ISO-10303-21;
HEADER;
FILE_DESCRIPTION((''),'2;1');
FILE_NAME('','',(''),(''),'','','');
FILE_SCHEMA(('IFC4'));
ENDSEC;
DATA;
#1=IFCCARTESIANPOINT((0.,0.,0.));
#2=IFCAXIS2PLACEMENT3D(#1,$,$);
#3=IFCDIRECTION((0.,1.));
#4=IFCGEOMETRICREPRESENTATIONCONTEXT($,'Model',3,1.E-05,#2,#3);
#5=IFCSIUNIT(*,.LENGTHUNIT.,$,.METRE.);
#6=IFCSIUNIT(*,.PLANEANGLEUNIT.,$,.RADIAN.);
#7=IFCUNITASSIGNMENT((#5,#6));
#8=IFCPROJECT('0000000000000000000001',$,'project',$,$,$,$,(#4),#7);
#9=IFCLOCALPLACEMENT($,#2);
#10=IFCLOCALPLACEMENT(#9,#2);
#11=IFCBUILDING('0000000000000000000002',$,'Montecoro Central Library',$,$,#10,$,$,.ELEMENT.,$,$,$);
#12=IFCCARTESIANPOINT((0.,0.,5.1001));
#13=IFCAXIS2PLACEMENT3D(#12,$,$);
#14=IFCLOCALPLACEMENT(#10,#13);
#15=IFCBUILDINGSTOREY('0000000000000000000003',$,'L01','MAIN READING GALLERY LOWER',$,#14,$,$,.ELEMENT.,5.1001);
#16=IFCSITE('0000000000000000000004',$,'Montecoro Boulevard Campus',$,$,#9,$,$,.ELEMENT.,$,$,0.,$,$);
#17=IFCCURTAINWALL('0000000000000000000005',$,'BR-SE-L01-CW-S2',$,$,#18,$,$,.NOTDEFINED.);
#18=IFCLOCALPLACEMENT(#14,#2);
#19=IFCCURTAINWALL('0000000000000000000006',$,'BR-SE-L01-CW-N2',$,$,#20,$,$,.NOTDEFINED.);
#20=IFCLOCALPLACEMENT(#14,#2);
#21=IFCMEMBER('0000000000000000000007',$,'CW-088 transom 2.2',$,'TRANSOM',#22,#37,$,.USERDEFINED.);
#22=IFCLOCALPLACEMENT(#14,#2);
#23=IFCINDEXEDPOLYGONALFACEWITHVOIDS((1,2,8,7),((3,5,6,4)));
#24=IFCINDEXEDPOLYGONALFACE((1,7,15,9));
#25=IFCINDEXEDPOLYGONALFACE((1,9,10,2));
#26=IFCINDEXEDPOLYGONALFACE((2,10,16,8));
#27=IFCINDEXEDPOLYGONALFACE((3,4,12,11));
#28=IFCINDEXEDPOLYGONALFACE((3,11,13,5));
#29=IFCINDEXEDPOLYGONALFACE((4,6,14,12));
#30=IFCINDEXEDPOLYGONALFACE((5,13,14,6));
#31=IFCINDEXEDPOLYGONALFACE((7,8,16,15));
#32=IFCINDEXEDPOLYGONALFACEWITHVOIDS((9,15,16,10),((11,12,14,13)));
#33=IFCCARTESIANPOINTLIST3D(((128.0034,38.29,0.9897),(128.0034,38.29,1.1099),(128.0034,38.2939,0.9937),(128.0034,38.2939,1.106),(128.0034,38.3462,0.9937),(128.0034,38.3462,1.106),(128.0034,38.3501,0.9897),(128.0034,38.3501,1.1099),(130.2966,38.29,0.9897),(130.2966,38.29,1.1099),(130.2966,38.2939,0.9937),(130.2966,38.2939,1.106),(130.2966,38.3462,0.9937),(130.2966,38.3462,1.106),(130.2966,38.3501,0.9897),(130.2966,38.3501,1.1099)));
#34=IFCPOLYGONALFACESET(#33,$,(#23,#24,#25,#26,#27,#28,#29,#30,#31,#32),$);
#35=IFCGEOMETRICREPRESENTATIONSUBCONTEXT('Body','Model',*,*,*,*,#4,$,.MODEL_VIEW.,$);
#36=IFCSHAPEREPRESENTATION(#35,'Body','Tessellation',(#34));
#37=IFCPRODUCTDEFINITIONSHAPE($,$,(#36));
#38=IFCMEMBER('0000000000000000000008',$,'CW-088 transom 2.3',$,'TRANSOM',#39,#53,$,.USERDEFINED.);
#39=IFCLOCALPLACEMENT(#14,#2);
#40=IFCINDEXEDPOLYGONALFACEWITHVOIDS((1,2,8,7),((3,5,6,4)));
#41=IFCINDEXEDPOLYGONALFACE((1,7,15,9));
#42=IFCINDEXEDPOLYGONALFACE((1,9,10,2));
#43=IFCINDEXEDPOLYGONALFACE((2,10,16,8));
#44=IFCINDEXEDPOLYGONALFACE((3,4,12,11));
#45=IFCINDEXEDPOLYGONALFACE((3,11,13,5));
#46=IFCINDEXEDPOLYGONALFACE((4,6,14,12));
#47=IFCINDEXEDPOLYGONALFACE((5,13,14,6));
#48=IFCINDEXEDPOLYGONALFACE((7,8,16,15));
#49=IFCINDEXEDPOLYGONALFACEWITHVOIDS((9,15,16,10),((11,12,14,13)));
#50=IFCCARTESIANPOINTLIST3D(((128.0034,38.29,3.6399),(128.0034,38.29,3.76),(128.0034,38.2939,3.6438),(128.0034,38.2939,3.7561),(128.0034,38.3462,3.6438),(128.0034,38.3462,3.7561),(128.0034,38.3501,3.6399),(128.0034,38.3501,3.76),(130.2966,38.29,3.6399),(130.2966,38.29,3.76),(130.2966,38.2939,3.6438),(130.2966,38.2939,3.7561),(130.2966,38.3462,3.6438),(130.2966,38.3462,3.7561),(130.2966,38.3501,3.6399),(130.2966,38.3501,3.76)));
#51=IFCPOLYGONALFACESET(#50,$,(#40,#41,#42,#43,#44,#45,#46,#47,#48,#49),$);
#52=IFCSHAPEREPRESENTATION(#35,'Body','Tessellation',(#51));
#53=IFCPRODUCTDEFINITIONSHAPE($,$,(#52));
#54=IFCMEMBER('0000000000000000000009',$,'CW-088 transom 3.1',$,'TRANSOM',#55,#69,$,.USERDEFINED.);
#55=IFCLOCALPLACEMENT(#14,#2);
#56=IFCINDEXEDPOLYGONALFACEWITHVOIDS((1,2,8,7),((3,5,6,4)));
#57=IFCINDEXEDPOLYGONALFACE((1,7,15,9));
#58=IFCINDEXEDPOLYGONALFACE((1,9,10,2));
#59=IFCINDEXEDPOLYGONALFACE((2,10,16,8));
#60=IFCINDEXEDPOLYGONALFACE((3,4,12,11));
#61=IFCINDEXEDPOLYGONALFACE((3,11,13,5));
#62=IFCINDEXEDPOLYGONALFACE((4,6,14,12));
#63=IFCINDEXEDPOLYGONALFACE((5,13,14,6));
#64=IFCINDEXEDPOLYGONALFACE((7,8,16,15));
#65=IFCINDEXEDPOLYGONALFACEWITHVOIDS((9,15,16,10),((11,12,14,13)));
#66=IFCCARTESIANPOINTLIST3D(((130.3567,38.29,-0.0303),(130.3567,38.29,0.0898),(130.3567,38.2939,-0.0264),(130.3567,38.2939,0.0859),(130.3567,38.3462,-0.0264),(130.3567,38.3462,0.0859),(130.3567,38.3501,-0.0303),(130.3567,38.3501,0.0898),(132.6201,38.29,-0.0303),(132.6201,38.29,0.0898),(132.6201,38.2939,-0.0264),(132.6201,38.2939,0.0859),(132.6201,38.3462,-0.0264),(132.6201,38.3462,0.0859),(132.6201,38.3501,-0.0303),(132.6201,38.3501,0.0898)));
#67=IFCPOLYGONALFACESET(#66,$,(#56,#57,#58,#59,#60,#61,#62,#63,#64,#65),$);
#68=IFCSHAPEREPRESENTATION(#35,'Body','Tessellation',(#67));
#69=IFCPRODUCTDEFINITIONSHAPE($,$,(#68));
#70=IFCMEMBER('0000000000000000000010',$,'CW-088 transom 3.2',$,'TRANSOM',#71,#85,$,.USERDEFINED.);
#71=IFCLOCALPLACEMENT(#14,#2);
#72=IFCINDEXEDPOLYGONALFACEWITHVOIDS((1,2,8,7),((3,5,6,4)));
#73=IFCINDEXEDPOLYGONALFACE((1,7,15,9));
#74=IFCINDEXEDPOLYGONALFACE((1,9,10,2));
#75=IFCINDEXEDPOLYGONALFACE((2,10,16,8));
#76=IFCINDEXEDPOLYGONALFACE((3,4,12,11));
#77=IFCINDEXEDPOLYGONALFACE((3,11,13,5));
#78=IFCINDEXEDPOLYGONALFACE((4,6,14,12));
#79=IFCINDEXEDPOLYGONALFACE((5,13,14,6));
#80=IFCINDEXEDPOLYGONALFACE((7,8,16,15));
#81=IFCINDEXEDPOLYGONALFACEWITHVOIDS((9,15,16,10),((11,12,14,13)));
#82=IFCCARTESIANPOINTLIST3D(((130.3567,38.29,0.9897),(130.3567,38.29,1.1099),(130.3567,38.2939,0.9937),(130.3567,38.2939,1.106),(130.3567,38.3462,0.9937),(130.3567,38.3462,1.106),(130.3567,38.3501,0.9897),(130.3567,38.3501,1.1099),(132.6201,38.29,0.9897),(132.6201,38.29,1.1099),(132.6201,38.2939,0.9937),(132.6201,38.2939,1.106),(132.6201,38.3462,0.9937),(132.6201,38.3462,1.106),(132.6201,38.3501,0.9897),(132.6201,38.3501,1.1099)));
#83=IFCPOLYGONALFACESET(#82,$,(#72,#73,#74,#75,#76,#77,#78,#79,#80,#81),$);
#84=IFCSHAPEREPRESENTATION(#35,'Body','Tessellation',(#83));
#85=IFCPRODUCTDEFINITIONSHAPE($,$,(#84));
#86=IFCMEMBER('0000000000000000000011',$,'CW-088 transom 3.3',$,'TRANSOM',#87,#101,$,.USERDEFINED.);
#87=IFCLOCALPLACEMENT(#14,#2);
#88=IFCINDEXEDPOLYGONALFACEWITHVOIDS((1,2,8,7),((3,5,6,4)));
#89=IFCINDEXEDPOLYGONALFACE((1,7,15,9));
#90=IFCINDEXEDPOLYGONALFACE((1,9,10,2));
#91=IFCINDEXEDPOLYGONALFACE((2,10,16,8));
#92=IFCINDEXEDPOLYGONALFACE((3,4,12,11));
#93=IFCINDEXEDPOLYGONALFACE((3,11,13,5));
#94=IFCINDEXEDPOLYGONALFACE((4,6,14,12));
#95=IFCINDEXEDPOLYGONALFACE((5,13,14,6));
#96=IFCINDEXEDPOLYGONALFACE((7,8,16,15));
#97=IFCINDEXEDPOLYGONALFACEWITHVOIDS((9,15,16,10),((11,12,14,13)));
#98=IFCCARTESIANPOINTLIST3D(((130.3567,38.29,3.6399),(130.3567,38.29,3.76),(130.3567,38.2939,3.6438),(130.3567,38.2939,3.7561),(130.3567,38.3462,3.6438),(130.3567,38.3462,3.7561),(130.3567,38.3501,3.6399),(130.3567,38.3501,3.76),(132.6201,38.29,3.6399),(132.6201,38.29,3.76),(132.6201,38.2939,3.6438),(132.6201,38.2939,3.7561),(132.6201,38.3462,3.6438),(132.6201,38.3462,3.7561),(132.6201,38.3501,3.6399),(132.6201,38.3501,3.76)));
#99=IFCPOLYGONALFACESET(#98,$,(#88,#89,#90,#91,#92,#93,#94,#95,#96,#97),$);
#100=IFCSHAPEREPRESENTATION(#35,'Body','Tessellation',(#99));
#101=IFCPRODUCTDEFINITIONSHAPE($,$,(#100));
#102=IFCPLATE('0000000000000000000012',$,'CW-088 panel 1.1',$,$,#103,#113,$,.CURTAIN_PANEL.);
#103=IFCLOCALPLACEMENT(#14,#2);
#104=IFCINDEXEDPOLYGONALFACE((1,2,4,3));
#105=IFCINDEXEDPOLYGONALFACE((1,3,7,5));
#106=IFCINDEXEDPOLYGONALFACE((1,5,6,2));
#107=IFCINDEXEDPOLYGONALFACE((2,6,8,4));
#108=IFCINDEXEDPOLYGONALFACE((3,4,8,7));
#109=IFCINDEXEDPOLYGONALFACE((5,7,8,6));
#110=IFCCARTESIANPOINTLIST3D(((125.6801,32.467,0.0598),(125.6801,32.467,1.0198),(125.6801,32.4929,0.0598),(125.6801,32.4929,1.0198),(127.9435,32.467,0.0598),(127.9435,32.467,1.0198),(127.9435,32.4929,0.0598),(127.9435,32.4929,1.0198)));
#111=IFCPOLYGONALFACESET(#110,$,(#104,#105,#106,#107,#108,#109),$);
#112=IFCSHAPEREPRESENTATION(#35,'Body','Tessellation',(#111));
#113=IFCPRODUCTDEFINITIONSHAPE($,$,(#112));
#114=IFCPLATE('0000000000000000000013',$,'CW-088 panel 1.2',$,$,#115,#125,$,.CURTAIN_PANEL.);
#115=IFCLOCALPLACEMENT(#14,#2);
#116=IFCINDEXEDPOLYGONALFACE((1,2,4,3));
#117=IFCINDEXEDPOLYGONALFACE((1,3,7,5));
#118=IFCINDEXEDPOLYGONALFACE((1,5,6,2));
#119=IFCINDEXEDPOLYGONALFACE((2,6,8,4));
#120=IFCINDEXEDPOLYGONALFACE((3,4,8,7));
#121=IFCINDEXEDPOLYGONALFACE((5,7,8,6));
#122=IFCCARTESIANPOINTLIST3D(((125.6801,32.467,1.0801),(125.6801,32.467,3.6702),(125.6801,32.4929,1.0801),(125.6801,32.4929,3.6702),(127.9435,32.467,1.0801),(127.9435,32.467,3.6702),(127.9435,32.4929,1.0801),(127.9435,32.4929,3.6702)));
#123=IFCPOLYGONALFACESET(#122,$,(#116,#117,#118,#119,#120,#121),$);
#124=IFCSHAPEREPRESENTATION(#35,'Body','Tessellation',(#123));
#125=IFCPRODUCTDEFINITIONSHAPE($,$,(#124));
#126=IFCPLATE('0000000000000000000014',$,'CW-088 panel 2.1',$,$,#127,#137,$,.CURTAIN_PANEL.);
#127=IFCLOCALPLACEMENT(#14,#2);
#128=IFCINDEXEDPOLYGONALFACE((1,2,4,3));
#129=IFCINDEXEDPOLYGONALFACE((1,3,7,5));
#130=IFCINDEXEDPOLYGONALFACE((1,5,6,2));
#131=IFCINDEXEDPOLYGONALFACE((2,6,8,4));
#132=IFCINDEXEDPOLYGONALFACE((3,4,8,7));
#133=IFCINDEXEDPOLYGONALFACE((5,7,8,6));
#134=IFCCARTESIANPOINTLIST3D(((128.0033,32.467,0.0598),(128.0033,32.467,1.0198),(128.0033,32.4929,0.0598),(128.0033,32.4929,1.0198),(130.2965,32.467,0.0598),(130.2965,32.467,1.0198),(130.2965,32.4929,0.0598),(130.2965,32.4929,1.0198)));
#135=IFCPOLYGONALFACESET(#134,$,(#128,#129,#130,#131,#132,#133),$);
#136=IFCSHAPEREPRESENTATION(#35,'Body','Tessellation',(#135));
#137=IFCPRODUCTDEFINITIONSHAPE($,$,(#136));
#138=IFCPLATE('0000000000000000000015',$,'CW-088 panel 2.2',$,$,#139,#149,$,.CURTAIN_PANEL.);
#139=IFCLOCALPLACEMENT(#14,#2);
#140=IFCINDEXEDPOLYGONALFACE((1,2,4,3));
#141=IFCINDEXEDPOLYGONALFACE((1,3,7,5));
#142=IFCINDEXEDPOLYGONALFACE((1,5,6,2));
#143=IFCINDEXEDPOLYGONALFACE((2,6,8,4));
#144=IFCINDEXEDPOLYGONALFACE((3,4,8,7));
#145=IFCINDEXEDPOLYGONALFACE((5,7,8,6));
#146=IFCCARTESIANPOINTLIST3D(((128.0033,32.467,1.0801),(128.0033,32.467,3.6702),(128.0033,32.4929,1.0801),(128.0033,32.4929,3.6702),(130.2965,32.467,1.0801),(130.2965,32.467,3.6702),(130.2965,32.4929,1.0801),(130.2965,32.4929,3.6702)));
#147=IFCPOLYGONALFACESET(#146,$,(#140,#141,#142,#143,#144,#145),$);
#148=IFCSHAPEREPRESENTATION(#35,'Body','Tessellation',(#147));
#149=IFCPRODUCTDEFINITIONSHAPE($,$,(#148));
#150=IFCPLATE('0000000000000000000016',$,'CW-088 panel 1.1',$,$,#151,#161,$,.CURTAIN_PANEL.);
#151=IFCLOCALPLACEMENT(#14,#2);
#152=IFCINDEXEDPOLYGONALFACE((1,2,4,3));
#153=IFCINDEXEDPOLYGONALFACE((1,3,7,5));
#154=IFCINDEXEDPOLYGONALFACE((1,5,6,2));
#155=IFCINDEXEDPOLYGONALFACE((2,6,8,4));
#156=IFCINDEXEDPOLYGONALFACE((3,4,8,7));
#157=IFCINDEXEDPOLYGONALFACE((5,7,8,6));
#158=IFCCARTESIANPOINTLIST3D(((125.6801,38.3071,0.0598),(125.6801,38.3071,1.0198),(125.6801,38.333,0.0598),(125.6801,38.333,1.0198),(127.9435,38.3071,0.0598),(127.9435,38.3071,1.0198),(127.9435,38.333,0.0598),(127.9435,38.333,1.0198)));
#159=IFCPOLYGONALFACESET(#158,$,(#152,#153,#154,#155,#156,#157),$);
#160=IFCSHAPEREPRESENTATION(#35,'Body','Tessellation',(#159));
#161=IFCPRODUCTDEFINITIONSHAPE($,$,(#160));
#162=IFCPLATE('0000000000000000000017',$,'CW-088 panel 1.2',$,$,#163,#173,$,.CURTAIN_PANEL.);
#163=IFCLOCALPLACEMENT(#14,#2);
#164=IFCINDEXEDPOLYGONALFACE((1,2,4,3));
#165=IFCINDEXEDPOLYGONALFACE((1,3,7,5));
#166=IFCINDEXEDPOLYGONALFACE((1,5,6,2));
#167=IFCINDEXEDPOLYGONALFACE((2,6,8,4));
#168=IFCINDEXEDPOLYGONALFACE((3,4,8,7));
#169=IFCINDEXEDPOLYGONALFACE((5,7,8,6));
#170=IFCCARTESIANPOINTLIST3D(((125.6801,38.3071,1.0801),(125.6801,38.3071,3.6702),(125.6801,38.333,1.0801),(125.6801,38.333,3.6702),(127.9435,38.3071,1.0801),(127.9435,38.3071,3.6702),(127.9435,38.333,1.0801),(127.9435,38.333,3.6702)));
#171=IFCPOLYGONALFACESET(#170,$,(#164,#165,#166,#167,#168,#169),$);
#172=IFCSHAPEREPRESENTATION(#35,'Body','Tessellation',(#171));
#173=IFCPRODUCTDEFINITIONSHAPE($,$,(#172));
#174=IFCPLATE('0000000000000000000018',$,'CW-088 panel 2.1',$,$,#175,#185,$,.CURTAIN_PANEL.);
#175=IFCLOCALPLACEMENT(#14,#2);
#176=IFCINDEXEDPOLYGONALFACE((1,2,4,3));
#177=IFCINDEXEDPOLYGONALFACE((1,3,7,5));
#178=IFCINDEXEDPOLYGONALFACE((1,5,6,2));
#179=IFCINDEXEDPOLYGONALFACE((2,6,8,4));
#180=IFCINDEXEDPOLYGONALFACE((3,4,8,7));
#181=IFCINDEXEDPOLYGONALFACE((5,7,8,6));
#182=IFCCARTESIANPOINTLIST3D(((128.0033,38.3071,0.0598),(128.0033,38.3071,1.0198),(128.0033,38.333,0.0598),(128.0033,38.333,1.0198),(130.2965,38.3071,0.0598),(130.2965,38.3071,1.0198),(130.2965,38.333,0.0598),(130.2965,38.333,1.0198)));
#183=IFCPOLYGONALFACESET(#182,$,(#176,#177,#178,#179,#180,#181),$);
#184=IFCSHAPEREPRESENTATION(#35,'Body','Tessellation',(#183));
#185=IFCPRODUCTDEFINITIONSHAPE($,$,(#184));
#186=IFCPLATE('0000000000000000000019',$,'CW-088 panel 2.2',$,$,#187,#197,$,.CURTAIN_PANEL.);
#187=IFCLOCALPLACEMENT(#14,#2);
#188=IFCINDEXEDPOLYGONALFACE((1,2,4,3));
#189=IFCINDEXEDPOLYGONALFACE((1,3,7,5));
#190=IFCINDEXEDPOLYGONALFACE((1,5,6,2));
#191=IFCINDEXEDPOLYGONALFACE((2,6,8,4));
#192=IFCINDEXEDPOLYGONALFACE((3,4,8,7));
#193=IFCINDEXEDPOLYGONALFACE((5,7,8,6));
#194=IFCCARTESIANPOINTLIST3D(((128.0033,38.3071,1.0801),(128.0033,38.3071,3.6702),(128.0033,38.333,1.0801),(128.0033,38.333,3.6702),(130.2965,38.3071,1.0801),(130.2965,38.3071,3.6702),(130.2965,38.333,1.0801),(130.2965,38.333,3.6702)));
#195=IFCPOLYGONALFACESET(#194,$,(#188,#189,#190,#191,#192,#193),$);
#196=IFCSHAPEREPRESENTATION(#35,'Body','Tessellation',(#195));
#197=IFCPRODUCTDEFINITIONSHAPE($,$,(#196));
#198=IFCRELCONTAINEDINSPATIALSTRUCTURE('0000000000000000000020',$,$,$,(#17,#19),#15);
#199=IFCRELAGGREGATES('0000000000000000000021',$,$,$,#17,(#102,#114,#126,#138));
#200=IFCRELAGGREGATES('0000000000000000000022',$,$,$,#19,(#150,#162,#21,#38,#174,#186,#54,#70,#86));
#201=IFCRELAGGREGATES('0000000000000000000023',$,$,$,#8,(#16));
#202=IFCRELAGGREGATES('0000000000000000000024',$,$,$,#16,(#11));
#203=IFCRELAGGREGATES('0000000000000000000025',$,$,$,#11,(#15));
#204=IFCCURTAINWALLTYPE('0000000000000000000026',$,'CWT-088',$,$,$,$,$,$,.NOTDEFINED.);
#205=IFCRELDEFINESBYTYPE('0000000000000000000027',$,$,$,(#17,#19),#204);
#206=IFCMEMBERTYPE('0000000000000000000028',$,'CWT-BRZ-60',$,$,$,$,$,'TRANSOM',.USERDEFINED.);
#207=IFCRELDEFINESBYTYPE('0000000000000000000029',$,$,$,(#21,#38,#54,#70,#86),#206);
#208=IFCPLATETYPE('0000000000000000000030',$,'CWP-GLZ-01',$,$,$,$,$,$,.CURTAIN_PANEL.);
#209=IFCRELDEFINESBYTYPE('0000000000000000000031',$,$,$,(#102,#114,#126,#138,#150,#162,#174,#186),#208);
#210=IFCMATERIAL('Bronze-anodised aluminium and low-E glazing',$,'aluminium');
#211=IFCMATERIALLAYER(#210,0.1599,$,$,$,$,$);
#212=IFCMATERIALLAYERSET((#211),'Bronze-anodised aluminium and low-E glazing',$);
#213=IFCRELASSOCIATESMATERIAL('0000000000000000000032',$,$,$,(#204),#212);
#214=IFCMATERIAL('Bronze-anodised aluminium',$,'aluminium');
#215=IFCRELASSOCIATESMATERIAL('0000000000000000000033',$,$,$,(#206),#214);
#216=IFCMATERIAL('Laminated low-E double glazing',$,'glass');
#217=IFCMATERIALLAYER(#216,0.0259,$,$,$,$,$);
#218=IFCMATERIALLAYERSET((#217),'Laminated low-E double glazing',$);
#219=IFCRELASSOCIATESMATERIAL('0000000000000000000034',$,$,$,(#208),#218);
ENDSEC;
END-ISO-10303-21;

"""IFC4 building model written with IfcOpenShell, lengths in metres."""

from ifc_helpers import new_model, si_unit, direction, frame, origin, origin_2d, place, context, subcontext, project, spatial, rectangle, hollow_rectangle, extrude, material, layer, layer_set, material_profile, profile_set, type_object, element, aggregate, save


model = new_model("IFC4")

# Units and contexts
model_context = context("Model", 3, precision=1e-05, world=origin(), true_north=direction((0.0, 1.0)))
body_context = subcontext(model_context, "Body", "Model", "MODEL_VIEW")
ifc_project = project(units=[si_unit("LENGTHUNIT", "METRE"), si_unit("PLANEANGLEUNIT", "RADIAN")], contexts=[model_context])

# Site, building, storey
site_placement = place(None, origin())
site = spatial("IfcSite", under=ifc_project, at=site_placement, Name="Montecoro Boulevard Campus", CompositionType="ELEMENT", RefElevation=0.0)
building_placement = place(site_placement, origin())
building = spatial("IfcBuilding", under=site, at=building_placement, Name="Montecoro Central Library", CompositionType="ELEMENT")
storey_placement = place(building_placement, frame((0.0, 0.0, 5.1001)))
storey = spatial("IfcBuildingStorey", under=building, at=storey_placement, Name="L01", Description="MAIN READING GALLERY LOWER", CompositionType="ELEMENT", Elevation=5.1001)

# Curtain walls
ifc_material_1 = material(Name="Bronze-anodised aluminium and low-E glazing", Category="aluminium")
ifc_layer_1 = layer(ifc_material_1, 0.1599)
ifc_layer_set_1 = layer_set([ifc_layer_1], Name="Bronze-anodised aluminium and low-E glazing")
curtain_wall_type = type_object("IfcCurtainWallType", Name="CWT-088", PredefinedType="NOTDEFINED", material=ifc_layer_set_1)
curtain_wall_1_placement = place(storey_placement, origin())
curtain_wall_1 = element("IfcCurtainWall", 1, at=curtain_wall_1_placement, inside=storey, type_object=curtain_wall_type, Name="BR-SE-L01-CW-S2", PredefinedType="NOTDEFINED")
ifc_material_2 = material(Name="Bronze-anodised aluminium", Category="aluminium")
curtain_wall_2_placement = place(storey_placement, origin())
curtain_wall_2 = element("IfcCurtainWall", 2, at=curtain_wall_2_placement, inside=storey, type_object=curtain_wall_type, Name="BR-SE-L01-CW-N2", PredefinedType="NOTDEFINED")

# Members
ifc_material_profile_1 = material_profile(ifc_material_2, hollow_rectangle(XDim=0.0601, YDim=0.1201, WallThickness=0.0039, at=origin_2d()), Name="CWT 120x60x4.0")
ifc_profile_set_1 = profile_set([ifc_material_profile_1], Name="Bronze-anodised aluminium")
member_type_1 = type_object("IfcMemberType", Name="CWT-BRZ-60", ElementType="TRANSOM", PredefinedType="USERDEFINED", material=ifc_profile_set_1)
member_1_placement = place(storey_placement, frame((128.0034, 38.3201, 1.0498), z_axis=(1.0, 0.0, 0.0), x_axis=(0.0, 1.0, 0.0)))
member_1 = element("IfcMember", 3, at=member_1_placement, type_object=member_type_1, Name="CW-088 transom 2.2", ObjectType="TRANSOM", PredefinedType="USERDEFINED", context=body_context, shape_type="SweptSolid", body=[
    extrude(hollow_rectangle(XDim=0.0601, YDim=0.1201, WallThickness=0.0039, at=origin_2d()), origin(), (0.0, 0.0, 1.0), 2.2932),
])
member_2_placement = place(storey_placement, frame((128.0034, 38.3201, 3.7), z_axis=(1.0, 0.0, 0.0), x_axis=(0.0, 1.0, 0.0)))
member_2 = element("IfcMember", 4, at=member_2_placement, type_object=member_type_1, Name="CW-088 transom 2.3", ObjectType="TRANSOM", PredefinedType="USERDEFINED", context=body_context, shape_type="SweptSolid", body=[
    extrude(hollow_rectangle(XDim=0.0601, YDim=0.1201, WallThickness=0.0039, at=origin_2d()), origin(), (0.0, 0.0, 1.0), 2.2932),
])
member_3_placement = place(storey_placement, frame((130.3567, 38.3201, 0.0298), z_axis=(1.0, 0.0, 0.0), x_axis=(0.0, 1.0, 0.0)))
member_3 = element("IfcMember", 5, at=member_3_placement, type_object=member_type_1, Name="CW-088 transom 3.1", ObjectType="TRANSOM", PredefinedType="USERDEFINED", context=body_context, shape_type="SweptSolid", body=[
    extrude(hollow_rectangle(XDim=0.0601, YDim=0.1201, WallThickness=0.0039, at=origin_2d()), origin(), (0.0, 0.0, 1.0), 2.2634),
])
member_4_placement = place(storey_placement, frame((130.3567, 38.3201, 1.0498), z_axis=(1.0, 0.0, 0.0), x_axis=(0.0, 1.0, 0.0)))
member_4 = element("IfcMember", 6, at=member_4_placement, type_object=member_type_1, Name="CW-088 transom 3.2", ObjectType="TRANSOM", PredefinedType="USERDEFINED", context=body_context, shape_type="SweptSolid", body=[
    extrude(hollow_rectangle(XDim=0.0601, YDim=0.1201, WallThickness=0.0039, at=origin_2d()), origin(), (0.0, 0.0, 1.0), 2.2634),
])
member_5_placement = place(storey_placement, frame((130.3567, 38.3201, 3.7), z_axis=(1.0, 0.0, 0.0), x_axis=(0.0, 1.0, 0.0)))
member_5 = element("IfcMember", 7, at=member_5_placement, type_object=member_type_1, Name="CW-088 transom 3.3", ObjectType="TRANSOM", PredefinedType="USERDEFINED", context=body_context, shape_type="SweptSolid", body=[
    extrude(hollow_rectangle(XDim=0.0601, YDim=0.1201, WallThickness=0.0039, at=origin_2d()), origin(), (0.0, 0.0, 1.0), 2.2634),
])

# Plates
ifc_material_3 = material(Name="Laminated low-E double glazing", Category="glass")
ifc_layer_2 = layer(ifc_material_3, 0.0259)
ifc_layer_set_2 = layer_set([ifc_layer_2], Name="Laminated low-E double glazing")
plate_type = type_object("IfcPlateType", Name="CWP-GLZ-01", PredefinedType="CURTAIN_PANEL", material=ifc_layer_set_2)
plate_1_placement = place(storey_placement, frame((126.8118, 32.48, 0.0598), z_axis=(0.0, 0.0, 1.0), x_axis=(1.0, 0.0, 0.0)))
plate_1 = element("IfcPlate", 8, at=plate_1_placement, type_object=plate_type, Name="CW-088 panel 1.1", PredefinedType="CURTAIN_PANEL", context=body_context, shape_type="SweptSolid", body=[
    extrude(rectangle(XDim=2.2634, YDim=0.0259, at=origin_2d()), origin(), (0.0, 0.0, 1.0), 0.96),
])
plate_2_placement = place(storey_placement, frame((126.8118, 32.48, 1.0801), z_axis=(0.0, 0.0, 1.0), x_axis=(1.0, 0.0, 0.0)))
plate_2 = element("IfcPlate", 9, at=plate_2_placement, type_object=plate_type, Name="CW-088 panel 1.2", PredefinedType="CURTAIN_PANEL", context=body_context, shape_type="SweptSolid", body=[
    extrude(rectangle(XDim=2.2634, YDim=0.0259, at=origin_2d()), origin(), (0.0, 0.0, 1.0), 2.5901),
])
plate_3_placement = place(storey_placement, frame((129.1499, 32.48, 0.0598), z_axis=(0.0, 0.0, 1.0), x_axis=(1.0, 0.0, 0.0)))
plate_3 = element("IfcPlate", 10, at=plate_3_placement, type_object=plate_type, Name="CW-088 panel 2.1", PredefinedType="CURTAIN_PANEL", context=body_context, shape_type="SweptSolid", body=[
    extrude(rectangle(XDim=2.2932, YDim=0.0259, at=origin_2d()), origin(), (0.0, 0.0, 1.0), 0.96),
])
plate_4_placement = place(storey_placement, frame((129.1499, 32.48, 1.0801), z_axis=(0.0, 0.0, 1.0), x_axis=(1.0, 0.0, 0.0)))
plate_4 = element("IfcPlate", 11, at=plate_4_placement, type_object=plate_type, Name="CW-088 panel 2.2", PredefinedType="CURTAIN_PANEL", context=body_context, shape_type="SweptSolid", body=[
    extrude(rectangle(XDim=2.2932, YDim=0.0259, at=origin_2d()), origin(), (0.0, 0.0, 1.0), 2.5901),
])
aggregate(curtain_wall_1, [plate_1, plate_2, plate_3, plate_4])
plate_5_placement = place(storey_placement, frame((126.8118, 38.3201, 0.0598), z_axis=(0.0, 0.0, 1.0), x_axis=(1.0, 0.0, 0.0)))
plate_5 = element("IfcPlate", 12, at=plate_5_placement, type_object=plate_type, Name="CW-088 panel 1.1", PredefinedType="CURTAIN_PANEL", context=body_context, shape_type="SweptSolid", body=[
    extrude(rectangle(XDim=2.2634, YDim=0.0259, at=origin_2d()), origin(), (0.0, 0.0, 1.0), 0.96),
])
plate_6_placement = place(storey_placement, frame((126.8118, 38.3201, 1.0801), z_axis=(0.0, 0.0, 1.0), x_axis=(1.0, 0.0, 0.0)))
plate_6 = element("IfcPlate", 13, at=plate_6_placement, type_object=plate_type, Name="CW-088 panel 1.2", PredefinedType="CURTAIN_PANEL", context=body_context, shape_type="SweptSolid", body=[
    extrude(rectangle(XDim=2.2634, YDim=0.0259, at=origin_2d()), origin(), (0.0, 0.0, 1.0), 2.5901),
])
plate_7_placement = place(storey_placement, frame((129.1499, 38.3201, 0.0598), z_axis=(0.0, 0.0, 1.0), x_axis=(1.0, 0.0, 0.0)))
plate_7 = element("IfcPlate", 14, at=plate_7_placement, type_object=plate_type, Name="CW-088 panel 2.1", PredefinedType="CURTAIN_PANEL", context=body_context, shape_type="SweptSolid", body=[
    extrude(rectangle(XDim=2.2932, YDim=0.0259, at=origin_2d()), origin(), (0.0, 0.0, 1.0), 0.96),
])
plate_8_placement = place(storey_placement, frame((129.1499, 38.3201, 1.0801), z_axis=(0.0, 0.0, 1.0), x_axis=(1.0, 0.0, 0.0)))
plate_8 = element("IfcPlate", 15, at=plate_8_placement, type_object=plate_type, Name="CW-088 panel 2.2", PredefinedType="CURTAIN_PANEL", context=body_context, shape_type="SweptSolid", body=[
    extrude(rectangle(XDim=2.2932, YDim=0.0259, at=origin_2d()), origin(), (0.0, 0.0, 1.0), 2.5901),
])
aggregate(curtain_wall_2, [plate_5, plate_6, member_1, member_2, plate_7, plate_8, member_3, member_4, member_5])

save(model, "model.ifc")
